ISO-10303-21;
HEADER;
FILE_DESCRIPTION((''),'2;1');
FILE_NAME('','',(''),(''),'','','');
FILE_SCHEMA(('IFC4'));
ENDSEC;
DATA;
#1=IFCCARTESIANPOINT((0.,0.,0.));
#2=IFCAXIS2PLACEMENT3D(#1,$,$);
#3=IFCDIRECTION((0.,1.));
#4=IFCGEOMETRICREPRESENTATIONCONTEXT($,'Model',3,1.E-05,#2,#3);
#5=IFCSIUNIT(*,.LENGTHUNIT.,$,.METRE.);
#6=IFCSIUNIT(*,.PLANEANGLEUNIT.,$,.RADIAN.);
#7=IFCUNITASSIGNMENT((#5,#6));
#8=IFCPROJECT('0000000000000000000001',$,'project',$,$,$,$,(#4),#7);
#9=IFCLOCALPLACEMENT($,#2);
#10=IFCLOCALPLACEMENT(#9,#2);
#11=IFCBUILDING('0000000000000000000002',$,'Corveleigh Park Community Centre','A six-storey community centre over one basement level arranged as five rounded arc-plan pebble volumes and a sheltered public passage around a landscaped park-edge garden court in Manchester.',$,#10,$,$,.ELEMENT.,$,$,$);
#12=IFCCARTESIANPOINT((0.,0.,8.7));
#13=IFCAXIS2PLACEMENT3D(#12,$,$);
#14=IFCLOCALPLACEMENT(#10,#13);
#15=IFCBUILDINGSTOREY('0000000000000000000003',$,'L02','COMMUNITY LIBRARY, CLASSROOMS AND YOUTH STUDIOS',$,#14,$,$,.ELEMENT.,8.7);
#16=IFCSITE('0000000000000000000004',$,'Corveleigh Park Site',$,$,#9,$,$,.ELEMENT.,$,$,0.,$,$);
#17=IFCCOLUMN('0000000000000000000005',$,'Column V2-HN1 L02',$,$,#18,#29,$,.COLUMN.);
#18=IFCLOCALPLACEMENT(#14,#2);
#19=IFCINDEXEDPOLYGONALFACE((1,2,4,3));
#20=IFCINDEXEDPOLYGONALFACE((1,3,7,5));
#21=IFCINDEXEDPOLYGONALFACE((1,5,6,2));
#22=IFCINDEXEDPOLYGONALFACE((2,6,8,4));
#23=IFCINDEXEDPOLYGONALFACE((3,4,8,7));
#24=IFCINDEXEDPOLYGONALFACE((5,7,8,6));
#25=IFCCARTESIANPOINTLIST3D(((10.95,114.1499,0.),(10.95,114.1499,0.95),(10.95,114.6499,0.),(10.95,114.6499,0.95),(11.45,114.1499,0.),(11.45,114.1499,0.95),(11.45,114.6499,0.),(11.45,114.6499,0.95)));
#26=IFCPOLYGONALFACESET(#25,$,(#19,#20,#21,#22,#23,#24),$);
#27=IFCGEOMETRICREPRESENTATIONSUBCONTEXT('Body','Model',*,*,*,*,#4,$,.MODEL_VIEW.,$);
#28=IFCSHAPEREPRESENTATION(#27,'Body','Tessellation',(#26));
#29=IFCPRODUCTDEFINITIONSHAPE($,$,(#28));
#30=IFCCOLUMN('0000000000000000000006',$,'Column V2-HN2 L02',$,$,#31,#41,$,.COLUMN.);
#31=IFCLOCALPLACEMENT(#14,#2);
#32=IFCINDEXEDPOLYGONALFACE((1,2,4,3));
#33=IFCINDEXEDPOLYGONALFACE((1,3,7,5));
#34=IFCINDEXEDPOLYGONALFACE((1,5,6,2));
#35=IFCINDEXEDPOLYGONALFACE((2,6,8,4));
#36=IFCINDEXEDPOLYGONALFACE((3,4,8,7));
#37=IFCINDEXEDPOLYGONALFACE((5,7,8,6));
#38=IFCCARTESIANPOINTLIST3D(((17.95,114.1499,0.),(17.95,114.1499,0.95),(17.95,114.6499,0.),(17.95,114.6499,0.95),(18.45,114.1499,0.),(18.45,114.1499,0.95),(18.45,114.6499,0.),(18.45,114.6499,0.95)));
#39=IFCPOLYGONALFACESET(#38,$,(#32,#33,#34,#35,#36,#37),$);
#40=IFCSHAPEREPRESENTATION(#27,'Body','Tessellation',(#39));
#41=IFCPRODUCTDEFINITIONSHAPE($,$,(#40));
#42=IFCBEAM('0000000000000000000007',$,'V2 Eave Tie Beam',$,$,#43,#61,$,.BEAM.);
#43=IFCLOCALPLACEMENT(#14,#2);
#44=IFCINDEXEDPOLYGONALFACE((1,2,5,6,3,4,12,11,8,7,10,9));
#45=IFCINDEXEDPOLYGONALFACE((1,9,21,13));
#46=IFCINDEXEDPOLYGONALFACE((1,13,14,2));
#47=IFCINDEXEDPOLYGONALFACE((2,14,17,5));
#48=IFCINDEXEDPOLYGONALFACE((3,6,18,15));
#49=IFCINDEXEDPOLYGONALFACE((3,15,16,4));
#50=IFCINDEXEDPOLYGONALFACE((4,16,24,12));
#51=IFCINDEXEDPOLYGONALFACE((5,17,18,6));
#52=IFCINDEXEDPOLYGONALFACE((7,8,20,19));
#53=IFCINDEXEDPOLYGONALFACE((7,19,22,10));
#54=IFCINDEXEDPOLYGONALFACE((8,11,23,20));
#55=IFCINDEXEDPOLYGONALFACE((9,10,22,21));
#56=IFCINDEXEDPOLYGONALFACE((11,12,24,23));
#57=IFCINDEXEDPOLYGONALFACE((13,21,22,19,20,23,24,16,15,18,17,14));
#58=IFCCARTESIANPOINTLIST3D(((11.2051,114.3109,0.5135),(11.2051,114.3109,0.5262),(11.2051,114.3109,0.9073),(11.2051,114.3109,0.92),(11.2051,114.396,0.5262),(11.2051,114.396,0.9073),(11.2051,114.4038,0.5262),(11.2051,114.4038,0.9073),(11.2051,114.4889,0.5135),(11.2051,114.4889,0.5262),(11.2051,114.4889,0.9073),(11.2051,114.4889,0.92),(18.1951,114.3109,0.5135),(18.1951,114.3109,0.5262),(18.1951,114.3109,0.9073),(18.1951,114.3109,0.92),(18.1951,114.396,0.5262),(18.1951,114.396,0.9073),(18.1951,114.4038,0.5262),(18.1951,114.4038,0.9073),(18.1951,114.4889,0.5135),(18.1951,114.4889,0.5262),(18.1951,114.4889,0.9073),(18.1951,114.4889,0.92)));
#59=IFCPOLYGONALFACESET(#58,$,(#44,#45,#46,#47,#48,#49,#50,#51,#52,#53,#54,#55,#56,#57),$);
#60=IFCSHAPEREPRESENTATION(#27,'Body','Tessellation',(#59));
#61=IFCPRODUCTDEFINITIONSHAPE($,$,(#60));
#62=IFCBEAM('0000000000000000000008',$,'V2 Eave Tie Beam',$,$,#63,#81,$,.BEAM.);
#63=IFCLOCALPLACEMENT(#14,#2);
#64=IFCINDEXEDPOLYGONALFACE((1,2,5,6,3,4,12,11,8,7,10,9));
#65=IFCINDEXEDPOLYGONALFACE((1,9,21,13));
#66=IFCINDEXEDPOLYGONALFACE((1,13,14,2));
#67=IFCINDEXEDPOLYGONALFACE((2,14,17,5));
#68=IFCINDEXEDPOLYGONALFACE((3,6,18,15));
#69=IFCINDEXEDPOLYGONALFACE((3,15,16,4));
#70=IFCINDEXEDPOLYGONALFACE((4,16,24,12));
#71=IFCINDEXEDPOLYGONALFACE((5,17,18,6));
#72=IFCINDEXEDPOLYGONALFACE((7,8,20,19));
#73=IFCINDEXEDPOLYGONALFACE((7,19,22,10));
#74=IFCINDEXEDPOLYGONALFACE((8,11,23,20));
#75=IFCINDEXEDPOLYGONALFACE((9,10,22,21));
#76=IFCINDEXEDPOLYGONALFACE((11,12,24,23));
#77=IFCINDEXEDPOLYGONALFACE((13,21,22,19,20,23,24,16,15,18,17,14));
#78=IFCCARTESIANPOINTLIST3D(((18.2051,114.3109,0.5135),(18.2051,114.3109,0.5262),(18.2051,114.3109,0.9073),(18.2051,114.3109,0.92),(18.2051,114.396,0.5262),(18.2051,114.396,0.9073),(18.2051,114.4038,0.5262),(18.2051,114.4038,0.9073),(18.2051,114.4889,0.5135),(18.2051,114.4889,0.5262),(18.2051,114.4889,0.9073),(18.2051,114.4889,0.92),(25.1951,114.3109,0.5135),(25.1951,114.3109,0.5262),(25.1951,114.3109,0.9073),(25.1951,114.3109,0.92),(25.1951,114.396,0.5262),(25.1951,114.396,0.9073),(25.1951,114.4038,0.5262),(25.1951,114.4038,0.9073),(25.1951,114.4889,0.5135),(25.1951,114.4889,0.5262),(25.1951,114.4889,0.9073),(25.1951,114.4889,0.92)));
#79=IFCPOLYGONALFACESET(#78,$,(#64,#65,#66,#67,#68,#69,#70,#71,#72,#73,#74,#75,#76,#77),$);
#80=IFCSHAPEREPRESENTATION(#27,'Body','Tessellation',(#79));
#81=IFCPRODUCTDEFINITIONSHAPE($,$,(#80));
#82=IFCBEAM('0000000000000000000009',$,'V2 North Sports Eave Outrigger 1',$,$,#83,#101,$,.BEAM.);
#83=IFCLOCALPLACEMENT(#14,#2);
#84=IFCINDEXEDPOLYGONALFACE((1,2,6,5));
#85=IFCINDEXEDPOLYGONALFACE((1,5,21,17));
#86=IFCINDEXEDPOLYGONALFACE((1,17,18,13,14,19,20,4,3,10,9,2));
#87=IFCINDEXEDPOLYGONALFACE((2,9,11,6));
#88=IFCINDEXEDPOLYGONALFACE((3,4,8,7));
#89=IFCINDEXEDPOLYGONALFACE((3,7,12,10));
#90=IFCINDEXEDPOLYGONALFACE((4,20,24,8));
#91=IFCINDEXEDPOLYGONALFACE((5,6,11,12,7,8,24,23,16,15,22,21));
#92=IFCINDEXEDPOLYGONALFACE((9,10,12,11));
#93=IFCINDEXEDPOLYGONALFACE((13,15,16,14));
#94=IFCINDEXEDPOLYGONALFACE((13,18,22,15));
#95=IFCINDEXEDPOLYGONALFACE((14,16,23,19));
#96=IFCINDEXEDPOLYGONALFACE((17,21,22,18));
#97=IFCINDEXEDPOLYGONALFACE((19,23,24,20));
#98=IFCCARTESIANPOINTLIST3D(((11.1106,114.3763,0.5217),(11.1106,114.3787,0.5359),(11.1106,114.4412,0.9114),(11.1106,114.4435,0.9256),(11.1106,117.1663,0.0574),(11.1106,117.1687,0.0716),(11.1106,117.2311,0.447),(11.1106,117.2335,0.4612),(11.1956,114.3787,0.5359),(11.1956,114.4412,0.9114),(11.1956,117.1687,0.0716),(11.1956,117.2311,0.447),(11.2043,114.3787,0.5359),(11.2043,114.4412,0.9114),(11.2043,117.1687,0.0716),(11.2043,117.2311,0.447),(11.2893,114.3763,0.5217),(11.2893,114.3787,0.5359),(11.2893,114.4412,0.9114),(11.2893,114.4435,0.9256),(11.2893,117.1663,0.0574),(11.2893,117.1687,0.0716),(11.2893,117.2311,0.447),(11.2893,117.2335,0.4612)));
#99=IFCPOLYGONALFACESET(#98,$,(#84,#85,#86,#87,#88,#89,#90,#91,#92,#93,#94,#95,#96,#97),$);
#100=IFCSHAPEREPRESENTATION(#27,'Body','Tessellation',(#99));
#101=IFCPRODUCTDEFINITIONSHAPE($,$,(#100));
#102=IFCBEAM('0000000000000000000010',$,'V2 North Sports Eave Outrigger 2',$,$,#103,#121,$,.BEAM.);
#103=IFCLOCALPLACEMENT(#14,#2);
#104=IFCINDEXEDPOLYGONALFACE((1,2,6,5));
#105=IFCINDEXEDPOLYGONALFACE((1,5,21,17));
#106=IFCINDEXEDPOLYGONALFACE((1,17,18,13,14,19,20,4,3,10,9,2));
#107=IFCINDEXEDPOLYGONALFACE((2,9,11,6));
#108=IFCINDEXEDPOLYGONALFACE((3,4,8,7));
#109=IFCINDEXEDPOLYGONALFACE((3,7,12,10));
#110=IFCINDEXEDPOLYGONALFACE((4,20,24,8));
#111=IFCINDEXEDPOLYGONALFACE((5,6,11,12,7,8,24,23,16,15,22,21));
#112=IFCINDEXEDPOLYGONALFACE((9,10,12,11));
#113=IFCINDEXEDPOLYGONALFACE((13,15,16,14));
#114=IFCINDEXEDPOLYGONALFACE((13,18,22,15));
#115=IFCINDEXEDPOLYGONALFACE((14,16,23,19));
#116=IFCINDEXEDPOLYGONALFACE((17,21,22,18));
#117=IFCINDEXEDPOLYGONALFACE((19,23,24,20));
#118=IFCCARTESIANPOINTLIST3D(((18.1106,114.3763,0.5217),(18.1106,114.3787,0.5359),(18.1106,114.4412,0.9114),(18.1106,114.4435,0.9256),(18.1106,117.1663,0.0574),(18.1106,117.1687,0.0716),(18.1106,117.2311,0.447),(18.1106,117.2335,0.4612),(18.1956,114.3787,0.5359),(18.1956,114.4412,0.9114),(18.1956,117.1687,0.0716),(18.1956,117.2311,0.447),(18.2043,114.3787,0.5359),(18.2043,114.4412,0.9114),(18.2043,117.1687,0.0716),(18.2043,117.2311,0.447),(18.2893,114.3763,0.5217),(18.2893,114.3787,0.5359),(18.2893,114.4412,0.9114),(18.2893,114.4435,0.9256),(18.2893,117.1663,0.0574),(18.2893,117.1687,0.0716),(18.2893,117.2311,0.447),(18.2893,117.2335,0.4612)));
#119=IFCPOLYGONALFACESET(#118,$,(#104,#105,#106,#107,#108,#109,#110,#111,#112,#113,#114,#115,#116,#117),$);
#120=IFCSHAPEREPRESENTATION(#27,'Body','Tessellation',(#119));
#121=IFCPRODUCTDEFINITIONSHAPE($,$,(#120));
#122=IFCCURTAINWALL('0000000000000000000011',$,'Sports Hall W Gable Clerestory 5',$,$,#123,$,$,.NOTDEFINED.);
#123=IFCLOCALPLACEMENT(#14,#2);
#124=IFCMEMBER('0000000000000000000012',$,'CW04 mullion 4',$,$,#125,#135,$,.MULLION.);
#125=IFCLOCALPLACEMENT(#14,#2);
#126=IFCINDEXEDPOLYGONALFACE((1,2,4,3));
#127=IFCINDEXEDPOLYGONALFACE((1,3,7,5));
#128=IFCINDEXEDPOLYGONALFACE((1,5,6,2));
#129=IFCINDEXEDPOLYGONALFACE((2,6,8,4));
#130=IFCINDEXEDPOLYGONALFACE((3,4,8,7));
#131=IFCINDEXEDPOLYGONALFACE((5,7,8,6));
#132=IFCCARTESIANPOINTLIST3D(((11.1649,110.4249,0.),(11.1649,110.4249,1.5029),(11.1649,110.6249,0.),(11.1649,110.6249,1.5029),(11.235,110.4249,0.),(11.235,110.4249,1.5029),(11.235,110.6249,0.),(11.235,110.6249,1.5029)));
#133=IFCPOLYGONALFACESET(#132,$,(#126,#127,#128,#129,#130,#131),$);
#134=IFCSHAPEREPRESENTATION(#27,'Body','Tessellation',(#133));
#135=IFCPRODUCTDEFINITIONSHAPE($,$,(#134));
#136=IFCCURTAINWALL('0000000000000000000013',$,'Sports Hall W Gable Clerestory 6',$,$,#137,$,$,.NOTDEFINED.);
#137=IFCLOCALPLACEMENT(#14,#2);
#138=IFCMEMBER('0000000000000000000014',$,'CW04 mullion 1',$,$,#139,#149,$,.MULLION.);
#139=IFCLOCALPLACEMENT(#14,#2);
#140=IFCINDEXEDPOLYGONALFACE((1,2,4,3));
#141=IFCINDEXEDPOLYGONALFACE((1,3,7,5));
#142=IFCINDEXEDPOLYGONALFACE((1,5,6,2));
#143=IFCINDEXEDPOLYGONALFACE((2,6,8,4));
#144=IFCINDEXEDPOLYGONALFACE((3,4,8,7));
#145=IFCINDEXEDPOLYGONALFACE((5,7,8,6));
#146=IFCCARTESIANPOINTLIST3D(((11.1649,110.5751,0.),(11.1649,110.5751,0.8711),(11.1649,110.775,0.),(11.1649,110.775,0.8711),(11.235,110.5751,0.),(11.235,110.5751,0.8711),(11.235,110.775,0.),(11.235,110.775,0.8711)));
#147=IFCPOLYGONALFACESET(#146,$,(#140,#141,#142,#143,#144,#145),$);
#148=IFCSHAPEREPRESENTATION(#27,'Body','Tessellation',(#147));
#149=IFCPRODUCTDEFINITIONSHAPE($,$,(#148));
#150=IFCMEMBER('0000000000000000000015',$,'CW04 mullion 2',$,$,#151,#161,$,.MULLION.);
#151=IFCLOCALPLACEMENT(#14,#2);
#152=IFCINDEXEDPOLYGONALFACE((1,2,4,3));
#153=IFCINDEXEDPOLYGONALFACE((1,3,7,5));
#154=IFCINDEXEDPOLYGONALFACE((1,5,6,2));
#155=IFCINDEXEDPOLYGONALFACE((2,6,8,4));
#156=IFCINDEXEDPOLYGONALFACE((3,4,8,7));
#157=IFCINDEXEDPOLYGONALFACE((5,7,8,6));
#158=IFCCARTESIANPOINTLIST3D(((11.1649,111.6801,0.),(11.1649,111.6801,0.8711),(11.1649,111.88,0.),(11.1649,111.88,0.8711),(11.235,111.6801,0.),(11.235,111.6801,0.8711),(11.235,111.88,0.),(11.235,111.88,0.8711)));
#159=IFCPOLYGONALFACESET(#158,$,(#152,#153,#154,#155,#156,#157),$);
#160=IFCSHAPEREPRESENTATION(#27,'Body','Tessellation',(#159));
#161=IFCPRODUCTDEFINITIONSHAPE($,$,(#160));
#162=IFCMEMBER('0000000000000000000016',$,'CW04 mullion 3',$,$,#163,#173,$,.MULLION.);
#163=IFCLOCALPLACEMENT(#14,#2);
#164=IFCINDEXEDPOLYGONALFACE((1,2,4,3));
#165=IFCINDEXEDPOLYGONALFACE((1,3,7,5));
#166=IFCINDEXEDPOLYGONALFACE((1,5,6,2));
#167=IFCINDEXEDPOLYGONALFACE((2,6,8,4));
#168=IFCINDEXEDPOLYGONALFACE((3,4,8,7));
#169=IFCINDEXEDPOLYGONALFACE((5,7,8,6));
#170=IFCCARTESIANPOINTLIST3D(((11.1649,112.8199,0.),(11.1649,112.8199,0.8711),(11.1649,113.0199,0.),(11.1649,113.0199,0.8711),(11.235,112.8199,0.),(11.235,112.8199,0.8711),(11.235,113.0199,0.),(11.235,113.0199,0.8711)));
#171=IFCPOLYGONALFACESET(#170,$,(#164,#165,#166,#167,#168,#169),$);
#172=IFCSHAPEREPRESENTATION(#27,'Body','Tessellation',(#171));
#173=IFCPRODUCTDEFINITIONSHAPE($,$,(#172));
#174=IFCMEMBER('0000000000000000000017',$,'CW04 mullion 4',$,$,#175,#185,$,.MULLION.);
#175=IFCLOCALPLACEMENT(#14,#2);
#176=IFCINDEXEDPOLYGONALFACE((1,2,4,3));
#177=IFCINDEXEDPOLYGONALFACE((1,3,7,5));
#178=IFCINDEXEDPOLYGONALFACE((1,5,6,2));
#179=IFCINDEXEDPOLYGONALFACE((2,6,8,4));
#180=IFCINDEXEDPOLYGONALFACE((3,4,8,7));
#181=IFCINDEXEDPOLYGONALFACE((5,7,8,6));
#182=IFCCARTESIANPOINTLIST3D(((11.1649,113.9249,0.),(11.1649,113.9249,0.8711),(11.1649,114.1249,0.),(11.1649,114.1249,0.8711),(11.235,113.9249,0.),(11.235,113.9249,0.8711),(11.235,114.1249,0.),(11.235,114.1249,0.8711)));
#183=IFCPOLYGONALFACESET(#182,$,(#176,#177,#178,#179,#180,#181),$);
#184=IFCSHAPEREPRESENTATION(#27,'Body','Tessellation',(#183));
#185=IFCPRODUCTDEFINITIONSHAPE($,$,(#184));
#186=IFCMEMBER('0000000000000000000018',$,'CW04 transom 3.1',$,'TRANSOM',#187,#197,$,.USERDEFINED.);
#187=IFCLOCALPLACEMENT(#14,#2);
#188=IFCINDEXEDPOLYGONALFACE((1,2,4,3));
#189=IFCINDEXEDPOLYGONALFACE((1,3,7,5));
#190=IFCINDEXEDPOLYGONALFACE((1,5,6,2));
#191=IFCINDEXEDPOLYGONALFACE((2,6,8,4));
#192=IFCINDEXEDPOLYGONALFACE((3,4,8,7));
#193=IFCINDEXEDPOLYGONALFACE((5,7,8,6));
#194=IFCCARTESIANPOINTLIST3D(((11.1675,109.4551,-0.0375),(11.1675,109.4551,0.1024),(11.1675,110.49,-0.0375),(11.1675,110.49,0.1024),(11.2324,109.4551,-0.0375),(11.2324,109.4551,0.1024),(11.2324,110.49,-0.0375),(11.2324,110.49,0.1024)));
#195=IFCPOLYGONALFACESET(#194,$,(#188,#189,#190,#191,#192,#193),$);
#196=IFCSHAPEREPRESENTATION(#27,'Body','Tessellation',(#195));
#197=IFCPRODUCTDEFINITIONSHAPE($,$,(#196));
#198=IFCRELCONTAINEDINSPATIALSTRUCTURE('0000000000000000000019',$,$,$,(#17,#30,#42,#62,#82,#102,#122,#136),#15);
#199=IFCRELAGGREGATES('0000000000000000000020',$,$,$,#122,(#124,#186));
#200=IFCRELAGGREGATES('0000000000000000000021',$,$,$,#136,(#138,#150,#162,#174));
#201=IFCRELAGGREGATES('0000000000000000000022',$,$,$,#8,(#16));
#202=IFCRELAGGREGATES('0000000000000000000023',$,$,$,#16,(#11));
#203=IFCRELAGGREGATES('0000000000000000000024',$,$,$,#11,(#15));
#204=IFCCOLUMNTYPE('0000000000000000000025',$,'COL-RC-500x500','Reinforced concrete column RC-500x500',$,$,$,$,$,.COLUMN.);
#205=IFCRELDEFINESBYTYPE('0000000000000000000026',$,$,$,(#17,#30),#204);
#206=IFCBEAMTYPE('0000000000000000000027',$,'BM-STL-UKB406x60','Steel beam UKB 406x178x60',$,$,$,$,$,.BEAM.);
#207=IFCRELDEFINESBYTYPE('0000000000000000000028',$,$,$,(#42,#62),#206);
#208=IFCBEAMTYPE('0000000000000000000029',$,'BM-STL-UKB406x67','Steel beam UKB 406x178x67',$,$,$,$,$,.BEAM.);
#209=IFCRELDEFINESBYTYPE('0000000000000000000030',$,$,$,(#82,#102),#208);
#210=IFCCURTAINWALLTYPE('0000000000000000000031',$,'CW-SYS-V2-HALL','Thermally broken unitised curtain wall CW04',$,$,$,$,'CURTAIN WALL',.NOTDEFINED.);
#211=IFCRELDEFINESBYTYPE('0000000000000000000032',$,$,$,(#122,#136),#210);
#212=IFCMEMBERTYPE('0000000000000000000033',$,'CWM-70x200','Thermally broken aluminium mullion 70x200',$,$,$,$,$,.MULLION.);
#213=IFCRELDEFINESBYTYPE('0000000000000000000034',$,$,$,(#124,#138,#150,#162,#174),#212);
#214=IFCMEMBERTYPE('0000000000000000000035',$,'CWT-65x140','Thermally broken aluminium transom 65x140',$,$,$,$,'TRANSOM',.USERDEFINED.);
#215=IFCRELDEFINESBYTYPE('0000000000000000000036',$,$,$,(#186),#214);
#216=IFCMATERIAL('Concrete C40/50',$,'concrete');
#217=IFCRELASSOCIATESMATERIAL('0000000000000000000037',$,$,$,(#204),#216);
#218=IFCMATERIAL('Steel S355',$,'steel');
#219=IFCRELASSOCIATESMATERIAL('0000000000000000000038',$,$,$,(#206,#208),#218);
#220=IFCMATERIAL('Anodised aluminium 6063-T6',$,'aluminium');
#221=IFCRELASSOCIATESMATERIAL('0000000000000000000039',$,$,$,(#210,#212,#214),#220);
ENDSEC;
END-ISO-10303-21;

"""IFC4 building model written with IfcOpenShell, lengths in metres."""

from ifc_helpers import new_model, si_unit, direction, frame, origin, origin_2d, place, context, subcontext, project, spatial, rectangle, i_section, extrude, material, material_profile, profile_set, type_object, element, aggregate, save


model = new_model("IFC4")

# Units and contexts
model_context = context("Model", 3, precision=1e-05, world=origin(), true_north=direction((0.0, 1.0)))
body_context = subcontext(model_context, "Body", "Model", "MODEL_VIEW")
ifc_project = project(units=[si_unit("LENGTHUNIT", "METRE"), si_unit("PLANEANGLEUNIT", "RADIAN")], contexts=[model_context])

# Site, building, storey
site_placement = place(None, origin())
site = spatial("IfcSite", under=ifc_project, at=site_placement, Name="Corveleigh Park Site", CompositionType="ELEMENT", RefElevation=0.0)
building_placement = place(site_placement, origin())
building = spatial("IfcBuilding", under=site, at=building_placement, Name="Corveleigh Park Community Centre", Description="A six-storey community centre over one basement level arranged as five rounded arc-plan pebble volumes and a sheltered public passage around a landscaped park-edge garden court in Manchester.", CompositionType="ELEMENT")
storey_placement = place(building_placement, frame((0.0, 0.0, 8.7)))
storey = spatial("IfcBuildingStorey", under=building, at=storey_placement, Name="L02", Description="COMMUNITY LIBRARY, CLASSROOMS AND YOUTH STUDIOS", CompositionType="ELEMENT", Elevation=8.7)

# Columns
ifc_material_1 = material(Name="Concrete C40/50", Category="concrete")
ifc_material_profile_1 = material_profile(ifc_material_1, rectangle(XDim=0.5, YDim=0.5, at=origin_2d()), Name="RC-500x500", Category="concrete")
ifc_profile_set_1 = profile_set([ifc_material_profile_1], Name="Concrete C40/50")
column_type = type_object("IfcColumnType", Name="COL-RC-500x500", Description="Reinforced concrete column RC-500x500", PredefinedType="COLUMN", material=ifc_profile_set_1)
for number, where, z_axis, x_axis, name in (
    (1, (11.2, 114.3999, 0.0), (0.0, 0.0, 1.0), (1.0, 0.0, 0.0), "Column V2-HN1 L02"),
    (2, (18.2, 114.3999, 0.0), (0.0, 0.0, 1.0), (1.0, 0.0, 0.0), "Column V2-HN2 L02"),
):
    element("IfcColumn", number, at=place(storey_placement, frame(where, z_axis=z_axis, x_axis=x_axis)), inside=storey, type_object=column_type, Name=name, PredefinedType="COLUMN", context=body_context, shape_type="SweptSolid", body=[
        extrude(rectangle(XDim=0.5, YDim=0.5, at=origin_2d()), origin(), (0.0, 0.0, 1.0), 0.95),
    ])

# Beams
ifc_material_2 = material(Name="Steel S355", Category="steel")
ifc_material_profile_2 = material_profile(ifc_material_2, i_section(OverallWidth=0.178, OverallDepth=0.4065, WebThickness=0.0078, FlangeThickness=0.0127, at=origin_2d()), Name="UKB 406x178x60", Category="steel")
ifc_profile_set_2 = profile_set([ifc_material_profile_2], Name="Steel S355")
beam_type_1 = type_object("IfcBeamType", Name="BM-STL-UKB406x60", Description="Steel beam UKB 406x178x60", PredefinedType="BEAM", material=ifc_profile_set_2)
for number, where, z_axis, x_axis, name in (
    (3, (11.2051, 114.3999, 0.7168), (1.0, 0.0, 0.0), (0.0, 1.0, 0.0), "V2 Eave Tie Beam"),
    (4, (18.2051, 114.3999, 0.7168), (1.0, 0.0, 0.0), (0.0, 1.0, 0.0), "V2 Eave Tie Beam"),
):
    element("IfcBeam", number, at=place(storey_placement, frame(where, z_axis=z_axis, x_axis=x_axis)), inside=storey, type_object=beam_type_1, Name=name, PredefinedType="BEAM", context=body_context, shape_type="SweptSolid", body=[
        extrude(i_section(OverallWidth=0.178, OverallDepth=0.4065, WebThickness=0.0078, FlangeThickness=0.0127, at=origin_2d()), origin(), (0.0, 0.0, 1.0), 6.99),
    ])
ifc_material_profile_3 = material_profile(ifc_material_2, i_section(OverallWidth=0.1787, OverallDepth=0.4094, WebThickness=0.0088, FlangeThickness=0.0144, at=origin_2d()), Name="UKB 406x178x67", Category="steel")
ifc_profile_set_3 = profile_set([ifc_material_profile_3], Name="Steel S355")
beam_type_2 = type_object("IfcBeamType", Name="BM-STL-UKB406x67", Description="Steel beam UKB 406x178x67", PredefinedType="BEAM", material=ifc_profile_set_3)
for number, where, z_axis, x_axis, name in (
    (5, (11.2, 114.4099, 0.7236), (0.0, 0.986431, -0.164175), (-1.0, 0.0, 0.0), "V2 North Sports Eave Outrigger 1"),
    (6, (18.2, 114.4099, 0.7236), (0.0, 0.986431, -0.164175), (-1.0, 0.0, 0.0), "V2 North Sports Eave Outrigger 2"),
):
    element("IfcBeam", number, at=place(storey_placement, frame(where, z_axis=z_axis, x_axis=x_axis)), inside=storey, type_object=beam_type_2, Name=name, PredefinedType="BEAM", context=body_context, shape_type="SweptSolid", body=[
        extrude(i_section(OverallWidth=0.1787, OverallDepth=0.4094, WebThickness=0.0088, FlangeThickness=0.0144, at=origin_2d()), origin(), (0.0, 0.0, 1.0), 2.8284),
    ])

# Curtain wall, member
ifc_material_3 = material(Name="Anodised aluminium 6063-T6", Category="aluminium")
curtain_wall_type = type_object("IfcCurtainWallType", Name="CW-SYS-V2-HALL", Description="Thermally broken unitised curtain wall CW04", ElementType="CURTAIN WALL", PredefinedType="NOTDEFINED", material=ifc_material_3)
curtain_wall_1_placement = place(storey_placement, origin())
curtain_wall_1 = element("IfcCurtainWall", 7, at=curtain_wall_1_placement, inside=storey, type_object=curtain_wall_type, Name="Sports Hall W Gable Clerestory 5", PredefinedType="NOTDEFINED")
ifc_material_profile_4 = material_profile(ifc_material_3, rectangle(XDim=0.0701, YDim=0.2, at=origin_2d()), Name="ALU-M70x200", Category="aluminium")
ifc_profile_set_4 = profile_set([ifc_material_profile_4], Name="Anodised aluminium 6063-T6")
member_type_1 = type_object("IfcMemberType", Name="CWM-70x200", Description="Thermally broken aluminium mullion 70x200", PredefinedType="MULLION", material=ifc_profile_set_4)
member_1_placement = place(storey_placement, frame((11.2, 110.5249, 0.0), z_axis=(0.0, 0.0, 1.0), x_axis=(-1.0, 0.0, 0.0)))
member_1 = element("IfcMember", 8, at=member_1_placement, type_object=member_type_1, Name="CW04 mullion 4", PredefinedType="MULLION", context=body_context, shape_type="SweptSolid", body=[
    extrude(rectangle(XDim=0.0701, YDim=0.2, at=origin_2d()), origin(), (0.0, 0.0, 1.0), 1.5029),
])

# Curtain wall, members
curtain_wall_2_placement = place(storey_placement, origin())
curtain_wall_2 = element("IfcCurtainWall", 9, at=curtain_wall_2_placement, inside=storey, type_object=curtain_wall_type, Name="Sports Hall W Gable Clerestory 6", PredefinedType="NOTDEFINED")
member_2_placement = place(storey_placement, frame((11.2, 110.675, 0.0), z_axis=(0.0, 0.0, 1.0), x_axis=(-1.0, 0.0, 0.0)))
member_2 = element("IfcMember", 10, at=member_2_placement, type_object=member_type_1, Name="CW04 mullion 1", PredefinedType="MULLION", context=body_context, shape_type="SweptSolid", body=[
    extrude(rectangle(XDim=0.0701, YDim=0.2, at=origin_2d()), origin(), (0.0, 0.0, 1.0), 0.8711),
])
member_3_placement = place(storey_placement, frame((11.2, 111.78, 0.0), z_axis=(0.0, 0.0, 1.0), x_axis=(-1.0, 0.0, 0.0)))
member_3 = element("IfcMember", 11, at=member_3_placement, type_object=member_type_1, Name="CW04 mullion 2", PredefinedType="MULLION", context=body_context, shape_type="SweptSolid", body=[
    extrude(rectangle(XDim=0.0701, YDim=0.2, at=origin_2d()), origin(), (0.0, 0.0, 1.0), 0.8711),
])
member_4_placement = place(storey_placement, frame((11.2, 112.9199, 0.0), z_axis=(0.0, 0.0, 1.0), x_axis=(-1.0, 0.0, 0.0)))
member_4 = element("IfcMember", 12, at=member_4_placement, type_object=member_type_1, Name="CW04 mullion 3", PredefinedType="MULLION", context=body_context, shape_type="SweptSolid", body=[
    extrude(rectangle(XDim=0.0701, YDim=0.2, at=origin_2d()), origin(), (0.0, 0.0, 1.0), 0.8711),
])
member_5_placement = place(storey_placement, frame((11.2, 114.0249, 0.0), z_axis=(0.0, 0.0, 1.0), x_axis=(-1.0, 0.0, 0.0)))
member_5 = element("IfcMember", 13, at=member_5_placement, type_object=member_type_1, Name="CW04 mullion 4", PredefinedType="MULLION", context=body_context, shape_type="SweptSolid", body=[
    extrude(rectangle(XDim=0.0701, YDim=0.2, at=origin_2d()), origin(), (0.0, 0.0, 1.0), 0.8711),
])

# Member
ifc_material_profile_5 = material_profile(ifc_material_3, rectangle(XDim=0.0649, YDim=0.1399, at=origin_2d()), Name="ALU-T65x140", Category="aluminium")
ifc_profile_set_5 = profile_set([ifc_material_profile_5], Name="Anodised aluminium 6063-T6")
member_type_2 = type_object("IfcMemberType", Name="CWT-65x140", Description="Thermally broken aluminium transom 65x140", ElementType="TRANSOM", PredefinedType="USERDEFINED", material=ifc_profile_set_5)
member_6_placement = place(storey_placement, frame((11.2, 109.4551, 0.0325), z_axis=(0.0, 1.0, 0.0), x_axis=(-1.0, 0.0, 0.0)))
member_6 = element("IfcMember", 14, at=member_6_placement, type_object=member_type_2, Name="CW04 transom 3.1", ObjectType="TRANSOM", PredefinedType="USERDEFINED", context=body_context, shape_type="SweptSolid", body=[
    extrude(rectangle(XDim=0.0649, YDim=0.1399, at=origin_2d()), origin(), (0.0, 0.0, 1.0), 1.0349),
])

aggregate(curtain_wall_1, [member_1, member_6])
aggregate(curtain_wall_2, [member_2, member_3, member_4, member_5])

save(model, "model.ifc")
